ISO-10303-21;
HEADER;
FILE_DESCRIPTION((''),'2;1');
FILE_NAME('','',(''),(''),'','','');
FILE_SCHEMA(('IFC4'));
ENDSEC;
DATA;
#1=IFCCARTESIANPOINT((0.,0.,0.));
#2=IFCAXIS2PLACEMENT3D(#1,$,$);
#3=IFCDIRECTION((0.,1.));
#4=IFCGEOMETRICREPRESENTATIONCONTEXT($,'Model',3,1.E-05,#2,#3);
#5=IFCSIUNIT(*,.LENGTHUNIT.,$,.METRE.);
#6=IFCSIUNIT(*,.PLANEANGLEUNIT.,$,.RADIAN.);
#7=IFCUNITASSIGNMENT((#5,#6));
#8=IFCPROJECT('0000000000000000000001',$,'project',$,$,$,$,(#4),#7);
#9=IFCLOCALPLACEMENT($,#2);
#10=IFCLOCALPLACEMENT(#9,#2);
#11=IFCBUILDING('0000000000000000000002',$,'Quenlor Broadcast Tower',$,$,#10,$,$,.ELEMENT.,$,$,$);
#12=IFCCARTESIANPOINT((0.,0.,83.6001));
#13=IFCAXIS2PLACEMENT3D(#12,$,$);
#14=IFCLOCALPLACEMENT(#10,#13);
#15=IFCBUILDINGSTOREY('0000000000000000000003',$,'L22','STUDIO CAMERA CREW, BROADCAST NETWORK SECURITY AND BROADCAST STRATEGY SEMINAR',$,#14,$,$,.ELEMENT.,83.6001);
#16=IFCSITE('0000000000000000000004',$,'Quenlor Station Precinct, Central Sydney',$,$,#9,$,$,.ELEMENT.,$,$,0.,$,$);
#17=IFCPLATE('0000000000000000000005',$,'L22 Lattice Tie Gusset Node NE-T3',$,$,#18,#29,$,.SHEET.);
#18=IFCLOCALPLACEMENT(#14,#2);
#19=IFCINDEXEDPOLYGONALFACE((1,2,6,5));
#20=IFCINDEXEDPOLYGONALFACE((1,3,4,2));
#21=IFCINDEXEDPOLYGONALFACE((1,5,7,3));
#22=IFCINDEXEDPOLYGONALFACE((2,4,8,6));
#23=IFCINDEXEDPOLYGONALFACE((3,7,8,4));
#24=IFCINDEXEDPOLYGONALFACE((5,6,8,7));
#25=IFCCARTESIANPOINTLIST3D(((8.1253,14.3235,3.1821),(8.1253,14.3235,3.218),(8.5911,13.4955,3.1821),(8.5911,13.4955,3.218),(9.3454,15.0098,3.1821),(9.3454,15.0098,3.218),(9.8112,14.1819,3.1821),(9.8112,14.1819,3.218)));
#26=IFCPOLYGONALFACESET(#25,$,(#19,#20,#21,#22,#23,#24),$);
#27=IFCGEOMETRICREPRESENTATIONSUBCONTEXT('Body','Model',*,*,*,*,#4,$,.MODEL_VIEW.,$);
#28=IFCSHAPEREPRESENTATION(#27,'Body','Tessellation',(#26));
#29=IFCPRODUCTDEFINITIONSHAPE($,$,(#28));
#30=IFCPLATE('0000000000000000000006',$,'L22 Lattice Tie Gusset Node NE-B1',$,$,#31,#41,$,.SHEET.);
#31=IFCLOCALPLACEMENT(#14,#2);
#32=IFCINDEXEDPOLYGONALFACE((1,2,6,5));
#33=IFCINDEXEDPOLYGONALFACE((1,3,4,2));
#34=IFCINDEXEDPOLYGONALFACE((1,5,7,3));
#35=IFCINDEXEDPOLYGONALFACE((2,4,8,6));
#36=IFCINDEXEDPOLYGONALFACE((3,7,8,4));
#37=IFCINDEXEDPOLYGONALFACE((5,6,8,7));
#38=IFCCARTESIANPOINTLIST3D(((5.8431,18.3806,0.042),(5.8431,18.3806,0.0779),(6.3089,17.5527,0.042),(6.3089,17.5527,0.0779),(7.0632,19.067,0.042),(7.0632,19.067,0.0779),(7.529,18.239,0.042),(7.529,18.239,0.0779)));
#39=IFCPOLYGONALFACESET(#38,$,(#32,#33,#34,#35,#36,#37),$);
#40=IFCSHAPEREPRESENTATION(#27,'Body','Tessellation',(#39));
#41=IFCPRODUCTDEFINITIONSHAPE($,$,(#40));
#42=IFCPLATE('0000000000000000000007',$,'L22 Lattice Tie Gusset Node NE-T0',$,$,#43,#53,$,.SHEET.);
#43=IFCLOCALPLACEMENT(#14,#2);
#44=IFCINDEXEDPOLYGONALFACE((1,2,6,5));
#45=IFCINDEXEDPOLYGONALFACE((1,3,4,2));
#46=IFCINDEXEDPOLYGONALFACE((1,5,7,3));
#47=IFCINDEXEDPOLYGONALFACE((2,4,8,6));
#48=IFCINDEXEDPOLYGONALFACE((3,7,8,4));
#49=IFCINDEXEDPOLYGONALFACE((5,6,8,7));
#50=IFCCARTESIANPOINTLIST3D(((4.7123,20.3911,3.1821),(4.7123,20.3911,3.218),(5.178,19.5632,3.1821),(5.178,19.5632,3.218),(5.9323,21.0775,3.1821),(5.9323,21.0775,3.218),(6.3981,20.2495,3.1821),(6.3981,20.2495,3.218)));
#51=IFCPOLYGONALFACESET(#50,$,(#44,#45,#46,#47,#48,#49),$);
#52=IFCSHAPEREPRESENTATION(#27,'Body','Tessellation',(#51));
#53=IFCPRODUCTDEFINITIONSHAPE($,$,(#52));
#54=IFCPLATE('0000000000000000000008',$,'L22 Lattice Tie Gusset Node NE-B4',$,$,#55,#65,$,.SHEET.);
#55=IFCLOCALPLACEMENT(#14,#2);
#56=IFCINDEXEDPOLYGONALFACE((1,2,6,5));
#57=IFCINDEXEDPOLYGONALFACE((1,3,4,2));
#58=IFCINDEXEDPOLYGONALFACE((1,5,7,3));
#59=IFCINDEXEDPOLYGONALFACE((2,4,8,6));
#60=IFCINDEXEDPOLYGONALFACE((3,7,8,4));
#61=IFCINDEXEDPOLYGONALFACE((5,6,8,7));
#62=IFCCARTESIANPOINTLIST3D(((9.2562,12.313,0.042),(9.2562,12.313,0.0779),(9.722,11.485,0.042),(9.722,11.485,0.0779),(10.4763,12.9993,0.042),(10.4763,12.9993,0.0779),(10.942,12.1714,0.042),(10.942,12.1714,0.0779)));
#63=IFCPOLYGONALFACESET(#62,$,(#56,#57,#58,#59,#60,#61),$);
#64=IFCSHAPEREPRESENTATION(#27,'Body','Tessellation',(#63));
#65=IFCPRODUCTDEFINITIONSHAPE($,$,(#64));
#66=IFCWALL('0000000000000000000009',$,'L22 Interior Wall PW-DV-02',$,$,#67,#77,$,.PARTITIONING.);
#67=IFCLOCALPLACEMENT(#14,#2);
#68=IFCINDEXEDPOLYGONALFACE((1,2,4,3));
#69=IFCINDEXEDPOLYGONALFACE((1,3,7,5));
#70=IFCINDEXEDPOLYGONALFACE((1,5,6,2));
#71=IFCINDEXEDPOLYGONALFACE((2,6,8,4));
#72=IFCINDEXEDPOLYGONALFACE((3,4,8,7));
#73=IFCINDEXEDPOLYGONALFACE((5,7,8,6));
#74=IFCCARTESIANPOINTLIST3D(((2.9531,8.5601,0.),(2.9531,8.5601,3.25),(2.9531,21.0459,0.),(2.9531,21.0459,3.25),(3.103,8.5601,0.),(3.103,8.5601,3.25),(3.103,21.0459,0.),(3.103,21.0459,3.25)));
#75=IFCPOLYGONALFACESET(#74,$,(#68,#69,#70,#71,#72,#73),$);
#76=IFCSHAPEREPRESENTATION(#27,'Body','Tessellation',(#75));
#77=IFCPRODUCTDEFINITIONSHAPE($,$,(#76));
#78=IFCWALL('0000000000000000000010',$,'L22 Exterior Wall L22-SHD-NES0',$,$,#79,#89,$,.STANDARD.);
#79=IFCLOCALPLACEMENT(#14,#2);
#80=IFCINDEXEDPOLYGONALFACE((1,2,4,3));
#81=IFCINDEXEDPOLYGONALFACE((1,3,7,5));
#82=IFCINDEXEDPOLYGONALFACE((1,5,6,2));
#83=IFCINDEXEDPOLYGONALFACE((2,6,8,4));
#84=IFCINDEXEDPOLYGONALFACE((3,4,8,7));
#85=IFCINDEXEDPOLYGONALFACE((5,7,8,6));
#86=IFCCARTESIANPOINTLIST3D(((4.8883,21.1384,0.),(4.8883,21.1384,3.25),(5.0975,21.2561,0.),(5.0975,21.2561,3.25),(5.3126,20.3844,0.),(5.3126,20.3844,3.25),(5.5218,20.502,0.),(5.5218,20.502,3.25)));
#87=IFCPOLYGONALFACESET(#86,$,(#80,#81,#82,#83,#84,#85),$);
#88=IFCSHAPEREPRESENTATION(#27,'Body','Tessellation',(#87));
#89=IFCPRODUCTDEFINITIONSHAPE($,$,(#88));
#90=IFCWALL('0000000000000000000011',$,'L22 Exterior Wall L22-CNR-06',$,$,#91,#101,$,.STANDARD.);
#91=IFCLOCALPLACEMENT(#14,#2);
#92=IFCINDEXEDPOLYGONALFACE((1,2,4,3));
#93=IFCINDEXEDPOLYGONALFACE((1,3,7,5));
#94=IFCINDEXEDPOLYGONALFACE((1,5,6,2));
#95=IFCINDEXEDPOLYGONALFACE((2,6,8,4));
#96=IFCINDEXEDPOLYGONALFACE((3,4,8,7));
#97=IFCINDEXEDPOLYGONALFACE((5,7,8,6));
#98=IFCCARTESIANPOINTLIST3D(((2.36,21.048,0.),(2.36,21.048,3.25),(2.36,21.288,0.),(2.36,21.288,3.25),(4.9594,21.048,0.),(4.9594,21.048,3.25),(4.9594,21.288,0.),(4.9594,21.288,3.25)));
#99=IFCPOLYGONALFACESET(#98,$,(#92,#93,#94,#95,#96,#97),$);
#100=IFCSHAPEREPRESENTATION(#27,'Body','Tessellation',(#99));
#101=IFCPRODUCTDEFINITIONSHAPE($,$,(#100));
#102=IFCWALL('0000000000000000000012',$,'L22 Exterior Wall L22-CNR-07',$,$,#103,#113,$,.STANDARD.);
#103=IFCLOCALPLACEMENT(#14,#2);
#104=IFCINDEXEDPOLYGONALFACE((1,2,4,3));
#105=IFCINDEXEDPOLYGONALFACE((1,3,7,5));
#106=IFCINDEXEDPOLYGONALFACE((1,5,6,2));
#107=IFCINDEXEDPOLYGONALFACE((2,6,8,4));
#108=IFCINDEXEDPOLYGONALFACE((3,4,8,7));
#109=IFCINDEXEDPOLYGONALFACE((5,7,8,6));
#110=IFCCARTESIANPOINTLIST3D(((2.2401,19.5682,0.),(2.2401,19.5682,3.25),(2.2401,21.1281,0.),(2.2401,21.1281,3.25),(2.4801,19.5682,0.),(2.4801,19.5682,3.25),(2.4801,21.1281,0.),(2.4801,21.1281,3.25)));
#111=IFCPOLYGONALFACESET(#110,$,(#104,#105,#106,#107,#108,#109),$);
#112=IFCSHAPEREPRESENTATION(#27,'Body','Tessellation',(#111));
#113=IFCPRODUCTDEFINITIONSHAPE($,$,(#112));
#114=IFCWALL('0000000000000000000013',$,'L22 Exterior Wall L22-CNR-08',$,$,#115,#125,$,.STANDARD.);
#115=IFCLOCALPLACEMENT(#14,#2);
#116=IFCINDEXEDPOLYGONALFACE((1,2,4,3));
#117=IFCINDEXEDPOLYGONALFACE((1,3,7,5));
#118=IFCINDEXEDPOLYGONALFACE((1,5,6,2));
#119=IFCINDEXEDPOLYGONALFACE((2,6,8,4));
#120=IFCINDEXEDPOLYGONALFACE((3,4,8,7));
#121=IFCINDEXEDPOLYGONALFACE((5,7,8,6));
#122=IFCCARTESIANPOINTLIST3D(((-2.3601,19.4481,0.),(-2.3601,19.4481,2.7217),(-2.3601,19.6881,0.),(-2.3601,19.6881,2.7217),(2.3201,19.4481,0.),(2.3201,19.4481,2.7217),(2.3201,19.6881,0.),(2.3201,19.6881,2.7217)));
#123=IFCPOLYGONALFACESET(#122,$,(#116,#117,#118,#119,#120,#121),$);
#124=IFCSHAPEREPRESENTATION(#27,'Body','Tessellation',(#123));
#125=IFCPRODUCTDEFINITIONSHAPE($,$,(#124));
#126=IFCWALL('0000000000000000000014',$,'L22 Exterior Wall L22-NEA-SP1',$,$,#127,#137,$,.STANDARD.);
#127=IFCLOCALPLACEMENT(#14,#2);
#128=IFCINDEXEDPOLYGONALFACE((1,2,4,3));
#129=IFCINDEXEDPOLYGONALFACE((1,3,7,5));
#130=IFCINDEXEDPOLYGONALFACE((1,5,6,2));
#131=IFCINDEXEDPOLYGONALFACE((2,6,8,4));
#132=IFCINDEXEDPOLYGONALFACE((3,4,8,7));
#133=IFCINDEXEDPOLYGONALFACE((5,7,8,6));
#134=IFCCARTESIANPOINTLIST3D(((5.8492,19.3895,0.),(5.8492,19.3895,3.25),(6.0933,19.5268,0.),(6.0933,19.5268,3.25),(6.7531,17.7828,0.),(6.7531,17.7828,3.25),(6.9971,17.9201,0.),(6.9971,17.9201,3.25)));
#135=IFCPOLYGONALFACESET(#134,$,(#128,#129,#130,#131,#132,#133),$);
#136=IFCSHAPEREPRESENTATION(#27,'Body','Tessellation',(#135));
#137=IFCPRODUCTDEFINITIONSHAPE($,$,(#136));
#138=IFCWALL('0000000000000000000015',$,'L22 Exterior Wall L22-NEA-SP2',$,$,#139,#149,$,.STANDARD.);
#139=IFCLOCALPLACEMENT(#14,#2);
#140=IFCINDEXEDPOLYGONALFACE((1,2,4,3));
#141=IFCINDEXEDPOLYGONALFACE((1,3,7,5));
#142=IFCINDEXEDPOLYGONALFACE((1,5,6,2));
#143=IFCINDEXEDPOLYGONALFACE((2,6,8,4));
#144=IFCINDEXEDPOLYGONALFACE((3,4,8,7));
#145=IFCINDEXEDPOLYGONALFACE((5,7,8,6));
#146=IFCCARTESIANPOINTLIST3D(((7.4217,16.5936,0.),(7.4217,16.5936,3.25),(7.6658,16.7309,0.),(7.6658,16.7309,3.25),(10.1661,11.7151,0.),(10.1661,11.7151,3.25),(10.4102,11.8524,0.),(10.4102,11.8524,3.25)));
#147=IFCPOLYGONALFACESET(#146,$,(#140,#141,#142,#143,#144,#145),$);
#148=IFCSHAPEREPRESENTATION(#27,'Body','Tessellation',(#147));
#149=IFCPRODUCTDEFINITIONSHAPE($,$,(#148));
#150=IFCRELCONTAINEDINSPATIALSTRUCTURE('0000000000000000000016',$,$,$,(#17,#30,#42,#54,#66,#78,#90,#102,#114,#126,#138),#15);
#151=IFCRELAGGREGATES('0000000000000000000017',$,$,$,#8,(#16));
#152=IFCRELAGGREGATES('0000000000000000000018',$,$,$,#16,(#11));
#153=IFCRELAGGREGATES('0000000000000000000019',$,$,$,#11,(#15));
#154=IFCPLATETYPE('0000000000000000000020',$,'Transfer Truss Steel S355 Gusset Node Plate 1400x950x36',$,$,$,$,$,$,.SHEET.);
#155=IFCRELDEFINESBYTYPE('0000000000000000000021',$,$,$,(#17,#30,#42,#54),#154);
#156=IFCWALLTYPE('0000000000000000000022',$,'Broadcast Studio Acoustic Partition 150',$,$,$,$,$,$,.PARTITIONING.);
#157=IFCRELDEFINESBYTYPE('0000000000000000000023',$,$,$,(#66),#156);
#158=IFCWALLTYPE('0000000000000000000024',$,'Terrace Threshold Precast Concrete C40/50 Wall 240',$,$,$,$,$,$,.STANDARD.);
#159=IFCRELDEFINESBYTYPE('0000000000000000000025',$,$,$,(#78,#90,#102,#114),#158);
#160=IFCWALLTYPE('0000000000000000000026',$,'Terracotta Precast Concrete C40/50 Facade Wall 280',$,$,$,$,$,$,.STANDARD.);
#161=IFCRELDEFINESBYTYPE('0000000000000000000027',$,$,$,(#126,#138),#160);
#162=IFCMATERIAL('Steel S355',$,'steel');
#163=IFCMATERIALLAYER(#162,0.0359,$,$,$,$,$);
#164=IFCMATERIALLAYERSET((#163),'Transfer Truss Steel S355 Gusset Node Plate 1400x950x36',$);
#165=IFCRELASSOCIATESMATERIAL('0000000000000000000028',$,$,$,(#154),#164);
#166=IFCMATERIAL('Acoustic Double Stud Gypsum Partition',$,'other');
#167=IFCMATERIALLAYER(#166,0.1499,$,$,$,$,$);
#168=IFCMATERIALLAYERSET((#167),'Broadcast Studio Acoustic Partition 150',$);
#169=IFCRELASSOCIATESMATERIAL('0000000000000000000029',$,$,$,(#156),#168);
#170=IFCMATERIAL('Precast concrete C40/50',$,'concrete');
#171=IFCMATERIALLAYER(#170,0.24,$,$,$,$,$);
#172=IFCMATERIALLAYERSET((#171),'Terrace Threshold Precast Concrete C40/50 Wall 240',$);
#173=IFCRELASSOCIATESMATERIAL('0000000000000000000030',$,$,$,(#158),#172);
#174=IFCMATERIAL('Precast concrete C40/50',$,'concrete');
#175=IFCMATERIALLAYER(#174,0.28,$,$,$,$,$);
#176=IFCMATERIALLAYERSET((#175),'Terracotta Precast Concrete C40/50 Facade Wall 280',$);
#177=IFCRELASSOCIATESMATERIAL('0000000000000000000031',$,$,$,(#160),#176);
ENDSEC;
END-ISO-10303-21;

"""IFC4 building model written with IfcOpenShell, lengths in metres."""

from ifc_helpers import new_model, si_unit, direction, frame, frame_2d, origin, origin_2d, place, context, subcontext, project, spatial, rectangle, extrude, material, layer, layer_set, type_object, element, save


model = new_model("IFC4")

# Units and contexts
model_context = context("Model", 3, precision=1e-05, world=origin(), true_north=direction((0.0, 1.0)))
body_context = subcontext(model_context, "Body", "Model", "MODEL_VIEW")
ifc_project = project(units=[si_unit("LENGTHUNIT", "METRE"), si_unit("PLANEANGLEUNIT", "RADIAN")], contexts=[model_context])

# Site, building, storey
site_placement = place(None, origin())
site = spatial("IfcSite", under=ifc_project, at=site_placement, Name="Quenlor Station Precinct, Central Sydney", CompositionType="ELEMENT", RefElevation=0.0)
building_placement = place(site_placement, origin())
building = spatial("IfcBuilding", under=site, at=building_placement, Name="Quenlor Broadcast Tower", CompositionType="ELEMENT")
storey_placement = place(building_placement, frame((0.0, 0.0, 83.6001)))
storey = spatial("IfcBuildingStorey", under=building, at=storey_placement, Name="L22", Description="STUDIO CAMERA CREW, BROADCAST NETWORK SECURITY AND BROADCAST STRATEGY SEMINAR", CompositionType="ELEMENT", Elevation=83.6001)

# Plates
ifc_material_1 = material(Name="Steel S355", Category="steel")
ifc_layer_1 = layer(ifc_material_1, 0.0359)
ifc_layer_set_1 = layer_set([ifc_layer_1], Name="Transfer Truss Steel S355 Gusset Node Plate 1400x950x36")
plate_type_1 = type_object("IfcPlateType", Name="Transfer Truss Steel S355 Gusset Node Plate 1400x950x36", PredefinedType="SHEET", material=ifc_layer_set_1)
for number, where, z_axis, x_axis, name in (
    (1, (8.9683, 14.2527, 3.1821), (0.0, 0.0, 1.0), (0.871556, 0.490295, 0.0), "L22 Lattice Tie Gusset Node NE-T3"),
    (2, (6.686, 18.3098, 0.042), (0.0, 0.0, 1.0), (0.871556, 0.490295, 0.0), "L22 Lattice Tie Gusset Node NE-B1"),
    (3, (5.5552, 20.3203, 3.1821), (0.0, 0.0, 1.0), (0.871556, 0.490295, 0.0), "L22 Lattice Tie Gusset Node NE-T0"),
    (4, (10.0991, 12.2422, 0.042), (0.0, 0.0, 1.0), (0.871556, 0.490295, 0.0), "L22 Lattice Tie Gusset Node NE-B4"),
):
    element("IfcPlate", number, at=place(storey_placement, frame(where, z_axis=z_axis, x_axis=x_axis)), inside=storey, type_object=plate_type_1, Name=name, PredefinedType="SHEET", context=body_context, shape_type="SweptSolid", body=[
        extrude(rectangle(XDim=1.3999, YDim=0.95, at=origin_2d()), origin(), (0.0, 0.0, 1.0), 0.0359),
    ])

# Walls
ifc_material_2 = material(Name="Acoustic Double Stud Gypsum Partition", Category="other")
ifc_layer_2 = layer(ifc_material_2, 0.1499)
ifc_layer_set_2 = layer_set([ifc_layer_2], Name="Broadcast Studio Acoustic Partition 150")
wall_type_1 = type_object("IfcWallType", Name="Broadcast Studio Acoustic Partition 150", PredefinedType="PARTITIONING", material=ifc_layer_set_2)
wall_1_placement = place(storey_placement, frame((3.0281, 21.0459, 0.0), z_axis=(0.0, 0.0, 1.0), x_axis=(0.0, -1.0, 0.0)))
element("IfcWall", 5, at=wall_1_placement, inside=storey, type_object=wall_type_1, Name="L22 Interior Wall PW-DV-02", PredefinedType="PARTITIONING", context=body_context, shape_type="SweptSolid", body=[
    extrude(rectangle(XDim=12.4858, YDim=0.1499, at=frame_2d((6.2429, 0.0))), origin(), (0.0, 0.0, 1.0), 3.25),
])
ifc_material_3 = material(Name="Precast concrete C40/50", Category="concrete")
ifc_layer_3 = layer(ifc_material_3, 0.24)
ifc_layer_set_3 = layer_set([ifc_layer_3], Name="Terrace Threshold Precast Concrete C40/50 Wall 240")
wall_type_2 = type_object("IfcWallType", Name="Terrace Threshold Precast Concrete C40/50 Wall 240", PredefinedType="STANDARD", material=ifc_layer_set_3)
wall_2_placement = place(storey_placement, frame((4.9929, 21.1973, 0.0), z_axis=(0.0, 0.0, 1.0), x_axis=(0.490355, -0.871523, 0.0)))
element("IfcWall", 6, at=wall_2_placement, inside=storey, type_object=wall_type_2, Name="L22 Exterior Wall L22-SHD-NES0", PredefinedType="STANDARD", context=body_context, shape_type="SweptSolid", body=[
    extrude(rectangle(XDim=0.8652, YDim=0.24, at=frame_2d((0.4326, 0.0))), origin(), (0.0, 0.0, 1.0), 3.25),
])
wall_3_placement = place(storey_placement, frame((4.9595, 21.168, 0.0), z_axis=(0.0, 0.0, 1.0), x_axis=(-1.0, 0.0, 0.0)))
element("IfcWall", 7, at=wall_3_placement, inside=storey, type_object=wall_type_2, Name="L22 Exterior Wall L22-CNR-06", PredefinedType="STANDARD", context=body_context, shape_type="SweptSolid", body=[
    extrude(rectangle(XDim=2.5994, YDim=0.24, at=frame_2d((1.2998, 0.0))), origin(), (0.0, 0.0, 1.0), 3.25),
])
wall_4_placement = place(storey_placement, frame((2.3601, 21.1279, 0.0), z_axis=(0.0, 0.0, 1.0), x_axis=(0.0, -1.0, 0.0)))
element("IfcWall", 8, at=wall_4_placement, inside=storey, type_object=wall_type_2, Name="L22 Exterior Wall L22-CNR-07", PredefinedType="STANDARD", context=body_context, shape_type="SweptSolid", body=[
    extrude(rectangle(XDim=1.5598, YDim=0.24, at=frame_2d((0.7798, 0.0))), origin(), (0.0, 0.0, 1.0), 3.25),
])
wall_5_placement = place(storey_placement, frame((2.3201, 19.5681, 0.0), z_axis=(0.0, 0.0, 1.0), x_axis=(-1.0, 0.0, 0.0)))
element("IfcWall", 9, at=wall_5_placement, inside=storey, type_object=wall_type_2, Name="L22 Exterior Wall L22-CNR-08", PredefinedType="STANDARD", context=body_context, shape_type="SweptSolid", body=[
    extrude(rectangle(XDim=4.6802, YDim=0.24, at=frame_2d((2.3401, 0.0))), origin(), (0.0, 0.0, 1.0), 2.7217),
])
ifc_material_4 = material(Name="Precast concrete C40/50", Category="concrete")
ifc_layer_4 = layer(ifc_material_4, 0.28)
ifc_layer_set_4 = layer_set([ifc_layer_4], Name="Terracotta Precast Concrete C40/50 Facade Wall 280")
wall_type_3 = type_object("IfcWallType", Name="Terracotta Precast Concrete C40/50 Facade Wall 280", PredefinedType="STANDARD", material=ifc_layer_set_4)
wall_6_placement = place(storey_placement, frame((5.9712, 19.4583, 0.0), z_axis=(0.0, 0.0, 1.0), x_axis=(0.49028, -0.871565, 0.0)))
element("IfcWall", 10, at=wall_6_placement, inside=storey, type_object=wall_type_3, Name="L22 Exterior Wall L22-NEA-SP1", PredefinedType="STANDARD", context=body_context, shape_type="SweptSolid", body=[
    extrude(rectangle(XDim=1.8435, YDim=0.28, at=frame_2d((0.9219, 0.0))), origin(), (0.0, 0.0, 1.0), 3.25),
])
wall_7_placement = place(storey_placement, frame((7.5437, 16.6624, 0.0), z_axis=(0.0, 0.0, 1.0), x_axis=(0.490299, -0.871555, 0.0)))
element("IfcWall", 11, at=wall_7_placement, inside=storey, type_object=wall_type_3, Name="L22 Exterior Wall L22-NEA-SP2", PredefinedType="STANDARD", context=body_context, shape_type="SweptSolid", body=[
    extrude(rectangle(XDim=5.5974, YDim=0.28, at=frame_2d((2.7988, 0.0))), origin(), (0.0, 0.0, 1.0), 3.25),
])

save(model, "model.ifc")
